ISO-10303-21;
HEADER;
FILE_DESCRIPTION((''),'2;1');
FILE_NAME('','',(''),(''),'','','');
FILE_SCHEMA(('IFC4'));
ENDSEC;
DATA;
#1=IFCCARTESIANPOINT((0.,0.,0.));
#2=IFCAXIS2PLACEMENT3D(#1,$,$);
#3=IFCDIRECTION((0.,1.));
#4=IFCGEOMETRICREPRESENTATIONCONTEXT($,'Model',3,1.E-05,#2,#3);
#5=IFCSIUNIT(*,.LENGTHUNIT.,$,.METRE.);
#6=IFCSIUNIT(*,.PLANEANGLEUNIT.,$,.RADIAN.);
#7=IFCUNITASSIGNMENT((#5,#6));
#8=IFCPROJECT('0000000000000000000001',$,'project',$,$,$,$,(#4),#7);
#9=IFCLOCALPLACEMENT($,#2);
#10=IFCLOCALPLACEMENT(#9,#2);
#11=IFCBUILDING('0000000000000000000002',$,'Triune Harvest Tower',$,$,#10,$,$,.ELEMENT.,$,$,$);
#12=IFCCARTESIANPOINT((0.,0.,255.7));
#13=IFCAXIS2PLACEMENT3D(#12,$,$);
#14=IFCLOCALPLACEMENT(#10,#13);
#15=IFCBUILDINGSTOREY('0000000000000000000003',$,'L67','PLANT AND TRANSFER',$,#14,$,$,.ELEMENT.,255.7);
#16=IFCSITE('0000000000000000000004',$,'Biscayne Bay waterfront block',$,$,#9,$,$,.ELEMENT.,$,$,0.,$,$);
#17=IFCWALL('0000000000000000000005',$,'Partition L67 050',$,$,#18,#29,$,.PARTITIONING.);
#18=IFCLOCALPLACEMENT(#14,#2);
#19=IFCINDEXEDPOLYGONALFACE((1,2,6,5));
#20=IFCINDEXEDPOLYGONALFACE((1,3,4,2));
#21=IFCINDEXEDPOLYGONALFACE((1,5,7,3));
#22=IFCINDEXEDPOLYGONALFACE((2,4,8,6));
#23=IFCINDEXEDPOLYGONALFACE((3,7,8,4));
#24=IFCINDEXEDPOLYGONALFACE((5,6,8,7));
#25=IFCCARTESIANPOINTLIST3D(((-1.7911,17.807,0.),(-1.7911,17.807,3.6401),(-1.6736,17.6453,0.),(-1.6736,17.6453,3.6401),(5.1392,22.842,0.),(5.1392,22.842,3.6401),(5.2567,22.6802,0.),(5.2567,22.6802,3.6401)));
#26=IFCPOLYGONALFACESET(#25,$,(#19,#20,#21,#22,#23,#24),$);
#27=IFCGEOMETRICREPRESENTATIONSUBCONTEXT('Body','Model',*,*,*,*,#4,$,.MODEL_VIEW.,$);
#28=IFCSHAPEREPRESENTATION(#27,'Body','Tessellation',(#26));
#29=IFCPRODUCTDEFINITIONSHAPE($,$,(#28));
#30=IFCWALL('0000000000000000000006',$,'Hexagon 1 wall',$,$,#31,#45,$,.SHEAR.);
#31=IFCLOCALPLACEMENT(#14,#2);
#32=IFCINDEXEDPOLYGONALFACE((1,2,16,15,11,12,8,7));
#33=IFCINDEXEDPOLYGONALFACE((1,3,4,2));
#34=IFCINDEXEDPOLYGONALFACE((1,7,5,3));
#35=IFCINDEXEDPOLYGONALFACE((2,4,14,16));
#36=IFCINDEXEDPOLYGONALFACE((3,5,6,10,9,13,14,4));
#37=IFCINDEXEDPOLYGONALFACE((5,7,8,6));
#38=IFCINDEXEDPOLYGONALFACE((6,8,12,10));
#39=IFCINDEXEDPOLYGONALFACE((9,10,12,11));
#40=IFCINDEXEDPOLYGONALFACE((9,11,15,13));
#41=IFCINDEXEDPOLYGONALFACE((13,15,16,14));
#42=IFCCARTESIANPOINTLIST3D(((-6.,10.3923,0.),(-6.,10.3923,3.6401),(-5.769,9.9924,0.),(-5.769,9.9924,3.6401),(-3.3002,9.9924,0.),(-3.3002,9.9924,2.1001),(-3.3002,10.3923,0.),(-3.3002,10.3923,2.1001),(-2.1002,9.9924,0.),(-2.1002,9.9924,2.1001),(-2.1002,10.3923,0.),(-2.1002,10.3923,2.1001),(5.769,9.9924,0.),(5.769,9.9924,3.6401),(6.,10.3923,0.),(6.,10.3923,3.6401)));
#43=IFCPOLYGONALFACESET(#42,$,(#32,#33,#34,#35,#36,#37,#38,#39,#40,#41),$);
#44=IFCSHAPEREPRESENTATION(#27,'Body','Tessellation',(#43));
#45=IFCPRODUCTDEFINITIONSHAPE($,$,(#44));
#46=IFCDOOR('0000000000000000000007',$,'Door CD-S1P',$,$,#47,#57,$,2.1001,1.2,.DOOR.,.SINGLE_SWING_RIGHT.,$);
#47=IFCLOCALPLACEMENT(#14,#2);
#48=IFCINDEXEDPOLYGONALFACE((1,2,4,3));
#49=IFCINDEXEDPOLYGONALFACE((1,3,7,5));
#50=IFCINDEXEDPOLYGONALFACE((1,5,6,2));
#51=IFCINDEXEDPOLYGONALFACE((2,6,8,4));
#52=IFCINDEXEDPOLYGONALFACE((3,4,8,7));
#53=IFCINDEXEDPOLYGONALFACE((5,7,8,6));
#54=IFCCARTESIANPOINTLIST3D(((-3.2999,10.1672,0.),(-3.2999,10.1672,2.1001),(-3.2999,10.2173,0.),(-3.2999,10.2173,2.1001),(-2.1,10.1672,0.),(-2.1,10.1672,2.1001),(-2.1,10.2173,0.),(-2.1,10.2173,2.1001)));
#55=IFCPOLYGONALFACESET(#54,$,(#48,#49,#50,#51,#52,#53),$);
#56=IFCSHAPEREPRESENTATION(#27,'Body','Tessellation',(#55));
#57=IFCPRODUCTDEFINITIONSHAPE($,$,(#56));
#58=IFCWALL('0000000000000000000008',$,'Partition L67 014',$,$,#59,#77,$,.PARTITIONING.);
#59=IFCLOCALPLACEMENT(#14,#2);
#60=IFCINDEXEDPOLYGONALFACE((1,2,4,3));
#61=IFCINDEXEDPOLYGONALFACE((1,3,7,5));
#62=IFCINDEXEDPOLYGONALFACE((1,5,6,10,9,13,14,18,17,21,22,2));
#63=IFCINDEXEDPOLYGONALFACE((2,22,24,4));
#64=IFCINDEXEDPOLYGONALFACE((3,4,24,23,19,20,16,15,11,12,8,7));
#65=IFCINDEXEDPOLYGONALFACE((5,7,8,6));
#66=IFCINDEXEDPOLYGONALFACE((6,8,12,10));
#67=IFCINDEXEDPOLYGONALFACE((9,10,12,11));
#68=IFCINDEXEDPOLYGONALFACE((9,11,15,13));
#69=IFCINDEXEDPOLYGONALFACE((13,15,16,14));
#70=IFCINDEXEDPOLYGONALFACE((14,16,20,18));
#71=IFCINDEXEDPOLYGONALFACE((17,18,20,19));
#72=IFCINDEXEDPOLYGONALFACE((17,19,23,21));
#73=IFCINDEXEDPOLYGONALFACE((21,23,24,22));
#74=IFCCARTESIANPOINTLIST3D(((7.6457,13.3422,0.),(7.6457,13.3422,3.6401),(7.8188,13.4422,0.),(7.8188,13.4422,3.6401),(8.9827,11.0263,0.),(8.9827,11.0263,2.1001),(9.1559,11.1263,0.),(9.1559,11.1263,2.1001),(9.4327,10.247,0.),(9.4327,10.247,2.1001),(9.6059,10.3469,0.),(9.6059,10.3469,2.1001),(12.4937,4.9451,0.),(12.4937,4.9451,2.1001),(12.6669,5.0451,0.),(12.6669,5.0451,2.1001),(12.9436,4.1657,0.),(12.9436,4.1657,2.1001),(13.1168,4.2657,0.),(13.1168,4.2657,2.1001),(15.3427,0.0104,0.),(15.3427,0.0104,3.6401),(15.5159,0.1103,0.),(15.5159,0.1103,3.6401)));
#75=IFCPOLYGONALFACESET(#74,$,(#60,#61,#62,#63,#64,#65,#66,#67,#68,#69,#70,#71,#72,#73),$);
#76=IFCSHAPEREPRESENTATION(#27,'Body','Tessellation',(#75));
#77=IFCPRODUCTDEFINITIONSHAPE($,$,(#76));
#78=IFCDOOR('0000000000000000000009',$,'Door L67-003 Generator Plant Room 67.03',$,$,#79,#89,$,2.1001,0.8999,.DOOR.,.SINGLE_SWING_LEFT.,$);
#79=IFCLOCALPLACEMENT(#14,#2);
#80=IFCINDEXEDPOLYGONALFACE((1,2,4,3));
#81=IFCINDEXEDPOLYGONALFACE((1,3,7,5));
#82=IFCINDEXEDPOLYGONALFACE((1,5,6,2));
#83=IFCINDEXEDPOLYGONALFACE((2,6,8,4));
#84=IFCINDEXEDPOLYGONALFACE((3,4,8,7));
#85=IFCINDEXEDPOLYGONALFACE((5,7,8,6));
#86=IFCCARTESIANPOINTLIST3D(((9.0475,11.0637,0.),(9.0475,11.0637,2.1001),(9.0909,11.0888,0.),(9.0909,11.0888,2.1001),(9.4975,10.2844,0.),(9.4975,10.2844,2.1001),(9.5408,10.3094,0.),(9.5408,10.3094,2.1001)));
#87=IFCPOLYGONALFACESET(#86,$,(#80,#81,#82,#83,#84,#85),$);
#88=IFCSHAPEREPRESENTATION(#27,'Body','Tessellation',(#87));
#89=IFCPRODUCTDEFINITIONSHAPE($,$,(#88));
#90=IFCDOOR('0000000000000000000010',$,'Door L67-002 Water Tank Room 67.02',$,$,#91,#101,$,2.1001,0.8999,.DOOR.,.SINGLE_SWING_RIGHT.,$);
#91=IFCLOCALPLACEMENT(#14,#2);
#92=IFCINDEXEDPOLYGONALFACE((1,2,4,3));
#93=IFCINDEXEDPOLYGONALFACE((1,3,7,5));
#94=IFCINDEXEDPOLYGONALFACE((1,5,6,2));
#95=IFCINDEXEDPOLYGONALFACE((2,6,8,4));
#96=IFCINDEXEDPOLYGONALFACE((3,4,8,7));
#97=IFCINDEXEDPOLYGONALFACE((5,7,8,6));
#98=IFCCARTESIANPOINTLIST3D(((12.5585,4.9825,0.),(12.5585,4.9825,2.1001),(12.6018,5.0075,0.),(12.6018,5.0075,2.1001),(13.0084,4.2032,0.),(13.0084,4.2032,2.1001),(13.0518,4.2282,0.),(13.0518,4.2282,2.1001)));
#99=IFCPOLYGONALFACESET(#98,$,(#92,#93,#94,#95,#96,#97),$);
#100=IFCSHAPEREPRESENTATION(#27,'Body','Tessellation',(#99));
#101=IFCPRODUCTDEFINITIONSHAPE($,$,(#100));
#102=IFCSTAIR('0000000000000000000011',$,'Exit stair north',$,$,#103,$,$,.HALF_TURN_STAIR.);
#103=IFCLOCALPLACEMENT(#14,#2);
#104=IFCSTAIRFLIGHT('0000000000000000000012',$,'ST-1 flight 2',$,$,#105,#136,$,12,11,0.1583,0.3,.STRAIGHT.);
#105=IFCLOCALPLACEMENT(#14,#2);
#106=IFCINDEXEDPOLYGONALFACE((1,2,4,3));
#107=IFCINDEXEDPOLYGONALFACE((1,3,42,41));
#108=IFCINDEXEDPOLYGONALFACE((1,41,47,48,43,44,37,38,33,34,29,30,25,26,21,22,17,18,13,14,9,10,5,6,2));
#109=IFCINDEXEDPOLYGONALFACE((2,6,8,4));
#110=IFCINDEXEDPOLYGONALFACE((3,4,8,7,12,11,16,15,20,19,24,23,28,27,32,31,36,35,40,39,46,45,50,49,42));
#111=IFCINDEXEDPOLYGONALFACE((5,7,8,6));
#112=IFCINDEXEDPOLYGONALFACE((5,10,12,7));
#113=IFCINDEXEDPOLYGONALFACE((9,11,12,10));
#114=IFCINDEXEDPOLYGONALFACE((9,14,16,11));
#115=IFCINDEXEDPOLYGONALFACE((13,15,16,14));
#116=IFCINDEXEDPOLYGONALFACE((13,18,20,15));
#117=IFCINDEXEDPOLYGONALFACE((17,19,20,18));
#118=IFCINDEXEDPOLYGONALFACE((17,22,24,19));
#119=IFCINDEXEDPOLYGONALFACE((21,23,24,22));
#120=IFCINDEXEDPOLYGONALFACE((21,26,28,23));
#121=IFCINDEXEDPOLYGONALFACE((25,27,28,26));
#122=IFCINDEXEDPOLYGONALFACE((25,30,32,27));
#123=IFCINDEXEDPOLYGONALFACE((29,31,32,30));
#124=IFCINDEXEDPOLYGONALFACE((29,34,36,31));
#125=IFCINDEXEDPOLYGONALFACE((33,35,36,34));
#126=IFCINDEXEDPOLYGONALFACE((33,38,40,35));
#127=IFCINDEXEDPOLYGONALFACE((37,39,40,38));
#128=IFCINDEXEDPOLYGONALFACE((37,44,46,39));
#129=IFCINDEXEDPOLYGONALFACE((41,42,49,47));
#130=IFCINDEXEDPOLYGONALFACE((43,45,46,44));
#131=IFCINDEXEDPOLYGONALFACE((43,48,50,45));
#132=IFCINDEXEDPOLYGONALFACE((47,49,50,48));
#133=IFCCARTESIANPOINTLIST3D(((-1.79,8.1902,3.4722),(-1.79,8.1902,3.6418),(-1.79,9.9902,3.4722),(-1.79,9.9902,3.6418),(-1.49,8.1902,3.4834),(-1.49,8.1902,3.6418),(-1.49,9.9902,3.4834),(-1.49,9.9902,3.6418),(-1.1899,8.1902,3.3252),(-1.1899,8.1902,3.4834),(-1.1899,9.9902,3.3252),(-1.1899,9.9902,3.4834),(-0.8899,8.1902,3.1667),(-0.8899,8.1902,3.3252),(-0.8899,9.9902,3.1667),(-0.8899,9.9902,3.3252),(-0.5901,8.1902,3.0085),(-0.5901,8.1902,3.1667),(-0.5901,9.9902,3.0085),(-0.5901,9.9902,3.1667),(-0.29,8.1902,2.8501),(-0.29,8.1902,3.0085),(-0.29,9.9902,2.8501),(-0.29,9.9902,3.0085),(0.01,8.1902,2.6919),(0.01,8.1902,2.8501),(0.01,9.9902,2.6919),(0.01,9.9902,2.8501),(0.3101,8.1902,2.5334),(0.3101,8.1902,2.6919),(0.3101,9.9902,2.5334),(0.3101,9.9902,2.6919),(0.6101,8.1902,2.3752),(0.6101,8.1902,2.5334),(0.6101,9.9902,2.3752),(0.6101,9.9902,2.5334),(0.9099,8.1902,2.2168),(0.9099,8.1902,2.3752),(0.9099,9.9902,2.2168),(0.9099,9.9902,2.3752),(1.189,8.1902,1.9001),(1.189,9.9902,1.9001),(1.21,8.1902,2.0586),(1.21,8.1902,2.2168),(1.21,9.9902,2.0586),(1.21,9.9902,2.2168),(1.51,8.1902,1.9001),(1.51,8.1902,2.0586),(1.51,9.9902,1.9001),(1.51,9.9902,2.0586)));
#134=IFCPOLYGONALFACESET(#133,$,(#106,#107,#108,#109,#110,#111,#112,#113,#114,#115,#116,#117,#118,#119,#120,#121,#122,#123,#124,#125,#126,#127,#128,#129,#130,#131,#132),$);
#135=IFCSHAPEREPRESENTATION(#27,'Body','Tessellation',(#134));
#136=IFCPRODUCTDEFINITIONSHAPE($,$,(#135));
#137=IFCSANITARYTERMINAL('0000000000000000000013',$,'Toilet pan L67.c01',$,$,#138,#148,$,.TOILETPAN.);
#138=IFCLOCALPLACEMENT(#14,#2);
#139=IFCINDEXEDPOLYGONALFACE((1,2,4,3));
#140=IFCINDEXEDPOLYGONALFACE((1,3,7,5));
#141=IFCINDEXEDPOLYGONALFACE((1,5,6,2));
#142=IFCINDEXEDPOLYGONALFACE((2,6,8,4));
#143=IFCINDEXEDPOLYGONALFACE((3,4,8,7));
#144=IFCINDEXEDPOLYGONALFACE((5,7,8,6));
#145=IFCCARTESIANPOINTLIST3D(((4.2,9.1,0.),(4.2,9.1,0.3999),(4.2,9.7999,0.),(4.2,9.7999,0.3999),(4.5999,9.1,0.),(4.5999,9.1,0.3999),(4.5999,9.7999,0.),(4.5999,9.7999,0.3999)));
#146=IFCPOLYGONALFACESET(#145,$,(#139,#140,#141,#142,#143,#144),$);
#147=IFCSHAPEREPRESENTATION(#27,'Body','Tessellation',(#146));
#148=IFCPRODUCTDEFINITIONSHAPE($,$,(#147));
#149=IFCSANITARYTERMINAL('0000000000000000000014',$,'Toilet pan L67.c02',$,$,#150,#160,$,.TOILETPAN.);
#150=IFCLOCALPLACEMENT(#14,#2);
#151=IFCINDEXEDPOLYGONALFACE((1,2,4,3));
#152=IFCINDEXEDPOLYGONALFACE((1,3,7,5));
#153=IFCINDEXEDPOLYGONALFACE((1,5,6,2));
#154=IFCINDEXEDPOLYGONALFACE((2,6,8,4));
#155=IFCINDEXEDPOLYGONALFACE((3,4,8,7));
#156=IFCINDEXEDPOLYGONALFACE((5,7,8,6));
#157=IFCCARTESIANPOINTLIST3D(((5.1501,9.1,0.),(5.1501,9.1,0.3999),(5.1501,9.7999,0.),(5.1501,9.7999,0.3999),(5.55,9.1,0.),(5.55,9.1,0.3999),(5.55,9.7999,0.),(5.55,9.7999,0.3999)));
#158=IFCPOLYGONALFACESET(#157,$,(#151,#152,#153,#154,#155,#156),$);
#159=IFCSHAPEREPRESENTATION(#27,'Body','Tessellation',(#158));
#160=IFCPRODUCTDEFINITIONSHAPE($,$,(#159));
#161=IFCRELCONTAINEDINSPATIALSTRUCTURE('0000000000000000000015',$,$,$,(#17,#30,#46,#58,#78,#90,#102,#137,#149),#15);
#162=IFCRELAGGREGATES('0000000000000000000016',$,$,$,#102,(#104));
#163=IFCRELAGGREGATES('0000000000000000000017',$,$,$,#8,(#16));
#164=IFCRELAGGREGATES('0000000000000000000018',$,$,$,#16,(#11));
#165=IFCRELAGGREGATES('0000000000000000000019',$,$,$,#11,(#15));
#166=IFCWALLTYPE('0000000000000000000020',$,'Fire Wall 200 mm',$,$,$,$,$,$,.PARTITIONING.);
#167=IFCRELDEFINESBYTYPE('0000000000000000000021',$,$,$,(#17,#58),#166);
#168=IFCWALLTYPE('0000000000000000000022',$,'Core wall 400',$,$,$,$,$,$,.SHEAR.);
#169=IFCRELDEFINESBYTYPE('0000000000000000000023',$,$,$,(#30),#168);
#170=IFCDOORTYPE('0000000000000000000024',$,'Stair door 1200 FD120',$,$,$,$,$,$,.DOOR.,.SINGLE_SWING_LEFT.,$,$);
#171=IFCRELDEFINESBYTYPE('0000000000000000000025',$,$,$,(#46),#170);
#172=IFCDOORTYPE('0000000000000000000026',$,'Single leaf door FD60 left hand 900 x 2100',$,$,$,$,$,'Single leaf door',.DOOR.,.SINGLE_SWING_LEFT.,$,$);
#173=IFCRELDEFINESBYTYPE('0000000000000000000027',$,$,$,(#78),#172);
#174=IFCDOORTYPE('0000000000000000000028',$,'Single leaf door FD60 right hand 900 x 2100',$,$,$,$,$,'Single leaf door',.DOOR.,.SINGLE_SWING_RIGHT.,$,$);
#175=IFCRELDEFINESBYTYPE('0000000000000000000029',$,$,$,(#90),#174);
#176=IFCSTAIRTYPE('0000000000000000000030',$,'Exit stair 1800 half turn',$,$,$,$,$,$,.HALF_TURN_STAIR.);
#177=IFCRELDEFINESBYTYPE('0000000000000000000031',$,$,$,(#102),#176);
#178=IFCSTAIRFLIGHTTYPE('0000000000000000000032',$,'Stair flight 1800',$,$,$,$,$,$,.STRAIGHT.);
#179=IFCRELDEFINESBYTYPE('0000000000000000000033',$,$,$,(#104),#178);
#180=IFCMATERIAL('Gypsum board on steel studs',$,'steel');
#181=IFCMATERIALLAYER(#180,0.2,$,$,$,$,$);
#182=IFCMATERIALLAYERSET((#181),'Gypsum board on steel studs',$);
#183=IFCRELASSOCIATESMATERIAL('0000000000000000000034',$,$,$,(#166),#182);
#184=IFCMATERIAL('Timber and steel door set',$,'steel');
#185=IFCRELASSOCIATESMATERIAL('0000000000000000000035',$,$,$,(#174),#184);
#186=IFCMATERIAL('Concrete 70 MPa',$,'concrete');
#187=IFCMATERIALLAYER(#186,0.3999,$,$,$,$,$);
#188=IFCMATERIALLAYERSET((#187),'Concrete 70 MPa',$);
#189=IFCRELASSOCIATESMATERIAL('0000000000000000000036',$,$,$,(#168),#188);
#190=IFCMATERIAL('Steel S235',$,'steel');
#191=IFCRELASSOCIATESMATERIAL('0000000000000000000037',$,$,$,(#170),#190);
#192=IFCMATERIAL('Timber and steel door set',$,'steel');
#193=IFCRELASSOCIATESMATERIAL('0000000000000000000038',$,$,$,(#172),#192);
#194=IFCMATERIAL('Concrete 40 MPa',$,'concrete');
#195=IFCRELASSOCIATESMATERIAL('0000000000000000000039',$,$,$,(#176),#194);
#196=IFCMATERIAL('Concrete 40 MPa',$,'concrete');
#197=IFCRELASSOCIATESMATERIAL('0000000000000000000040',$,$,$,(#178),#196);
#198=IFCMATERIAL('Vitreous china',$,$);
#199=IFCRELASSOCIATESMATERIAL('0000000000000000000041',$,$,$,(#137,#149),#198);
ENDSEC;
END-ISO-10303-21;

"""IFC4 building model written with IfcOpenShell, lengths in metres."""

from ifc_helpers import new_model, si_unit, direction, frame, frame_2d, origin, origin_2d, place, context, subcontext, project, spatial, polyline, rectangle, outline, extrude, source, transform, mapped, material, layer, layer_set, type_object, element, fill, aggregate, save


model = new_model("IFC4")

# Units and contexts
model_context = context("Model", 3, precision=1e-05, world=origin(), true_north=direction((0.0, 1.0)))
body_context = subcontext(model_context, "Body", "Model", "MODEL_VIEW")
ifc_project = project(units=[si_unit("LENGTHUNIT", "METRE"), si_unit("PLANEANGLEUNIT", "RADIAN")], contexts=[model_context])

# Site, building, storey
site_placement = place(None, origin())
site = spatial("IfcSite", under=ifc_project, at=site_placement, Name="Biscayne Bay waterfront block", CompositionType="ELEMENT", RefElevation=0.0)
building_placement = place(site_placement, origin())
building = spatial("IfcBuilding", under=site, at=building_placement, Name="Triune Harvest Tower", CompositionType="ELEMENT")
storey_placement = place(building_placement, frame((0.0, 0.0, 255.7)))
storey = spatial("IfcBuildingStorey", under=building, at=storey_placement, Name="L67", Description="PLANT AND TRANSFER", CompositionType="ELEMENT", Elevation=255.7)

# Shared definitions
ifc_material_1 = material(Name="Gypsum board on steel studs", Category="steel")
ifc_layer_1 = layer(ifc_material_1, 0.2)
ifc_layer_set_1 = layer_set([ifc_layer_1], Name="Gypsum board on steel studs")
wall_type_1 = type_object("IfcWallType", Name="Fire Wall 200 mm", PredefinedType="PARTITIONING", material=ifc_layer_set_1)

# Shared definitions
ifc_material_2 = material(Name="Timber and steel door set", Category="steel")
door_type_1 = type_object("IfcDoorType", Name="Single leaf door FD60 right hand 900 x 2100", ElementType="Single leaf door", OperationType="SINGLE_SWING_RIGHT", PredefinedType="DOOR", material=ifc_material_2)

# Wall
wall_1_placement = place(storey_placement, frame((-1.7324, 17.7261, 0.0), z_axis=(0.0, 0.0, 1.0), x_axis=(0.809026, 0.587773, 0.0)))
element("IfcWall", 1, at=wall_1_placement, inside=storey, type_object=wall_type_1, Name="Partition L67 050", PredefinedType="PARTITIONING", context=body_context, shape_type="SweptSolid", body=[
    extrude(rectangle(XDim=8.5662, YDim=0.2, at=frame_2d((4.2832, 0.0))), origin(), (0.0, 0.0, 1.0), 3.6401),
])

# Wall, opening, door
ifc_material_3 = material(Name="Concrete 70 MPa", Category="concrete")
ifc_layer_2 = layer(ifc_material_3, 0.3999)
ifc_layer_set_2 = layer_set([ifc_layer_2], Name="Concrete 70 MPa")
wall_type_2 = type_object("IfcWallType", Name="Core wall 400", PredefinedType="SHEAR", material=ifc_layer_set_2)
shared_shape_1 = source(origin(), body_context, "Body", "SweptSolid", [
    extrude(outline(polyline([(-0.1155, -0.2), (11.8845, -0.2), (11.6536, 0.2), (0.1155, 0.2), (-0.1155, -0.2)])), origin(), (0.0, 0.0, 1.0), 3.6401),
])
wall_2_placement = place(storey_placement, frame((5.8845, 10.1924, 0.0), z_axis=(0.0, 0.0, 1.0), x_axis=(-1.0, 0.0, 0.0)))
wall_2 = element("IfcWall", 2, at=wall_2_placement, inside=storey, type_object=wall_type_2, Name="Hexagon 1 wall", PredefinedType="SHEAR", context=body_context, shape_type="MappedRepresentation", body=[
    mapped(shared_shape_1, transform((0.0, 0.0, 0.0), scale=1.0)),
])
opening_1_placement = place(wall_2_placement, frame((7.9846, 0.0, 0.0)))
opening_1 = element("IfcOpeningElement", 3, at=opening_1_placement, cuts=wall_2, PredefinedType="OPENING", context=body_context, shape_type="SweptSolid", body=[
    extrude(rectangle(XDim=1.2, YDim=2.1001, at=frame_2d((0.6001, 1.05))), frame((0.0, 0.21, 0.0), z_axis=(0.0, -1.0, 0.0), x_axis=(1.0, 0.0, 0.0)), (0.0, 0.0, 1.0), 0.4199),
])
ifc_material_4 = material(Name="Steel S235", Category="steel")
door_type_2 = type_object("IfcDoorType", Name="Stair door 1200 FD120", OperationType="SINGLE_SWING_LEFT", PredefinedType="DOOR", material=ifc_material_4)
door_1_placement = place(opening_1_placement, frame((1.2, 0.0, 0.0), z_axis=(0.0, 0.0, 1.0), x_axis=(-1.0, 0.0, 0.0)))
door_1 = element("IfcDoor", 4, at=door_1_placement, inside=storey, type_object=door_type_2, Name="Door CD-S1P", OperationType="SINGLE_SWING_RIGHT", OverallHeight=2.1001, OverallWidth=1.2, PredefinedType="DOOR", context=body_context, shape_type="SweptSolid", body=[
    extrude(rectangle(XDim=1.2, YDim=2.1001, at=frame_2d((0.6001, 1.05))), frame((0.0, 0.0249, 0.0), z_axis=(0.0, -1.0, 0.0), x_axis=(1.0, 0.0, 0.0)), (0.0, 0.0, 1.0), 0.05),
])
fill(opening_1, door_1)

# Wall, openings, doors
shared_shape_2 = source(origin(), body_context, "Body", "SweptSolid", [
    extrude(rectangle(XDim=15.3943, YDim=0.2, at=frame_2d((7.6973, 0.0))), origin(), (0.0, 0.0, 1.0), 3.6401),
])
wall_3_placement = place(storey_placement, frame((7.7322, 13.3923, 0.0), z_axis=(0.0, 0.0, 1.0), x_axis=(0.499996, -0.866028, 0.0)))
wall_3 = element("IfcWall", 5, at=wall_3_placement, inside=storey, type_object=wall_type_1, Name="Partition L67 014", PredefinedType="PARTITIONING", context=body_context, shape_type="MappedRepresentation", body=[
    mapped(shared_shape_2, transform((0.0, 0.0, 0.0), scale=1.0)),
])
opening_2_placement = place(wall_3_placement, frame((9.6963, 0.0, 0.0)))
opening_2 = element("IfcOpeningElement", 6, at=opening_2_placement, cuts=wall_3, PredefinedType="OPENING", context=body_context, shape_type="SweptSolid", body=[
    extrude(rectangle(XDim=0.8999, YDim=2.1001, at=frame_2d((0.45, 1.05))), frame((0.0, 0.1099, 0.0), z_axis=(0.0, -1.0, 0.0), x_axis=(1.0, 0.0, 0.0)), (0.0, 0.0, 1.0), 0.22),
])
opening_3_placement = place(wall_3_placement, frame((2.6743, 0.0, 0.0)))
opening_3 = element("IfcOpeningElement", 7, at=opening_3_placement, cuts=wall_3, PredefinedType="OPENING", context=body_context, shape_type="SweptSolid", body=[
    extrude(rectangle(XDim=0.8999, YDim=2.1001, at=frame_2d((0.45, 1.05))), frame((0.0, 0.1099, 0.0), z_axis=(0.0, -1.0, 0.0), x_axis=(1.0, 0.0, 0.0)), (0.0, 0.0, 1.0), 0.22),
])
ifc_material_5 = material(Name="Timber and steel door set", Category="steel")
door_type_3 = type_object("IfcDoorType", Name="Single leaf door FD60 left hand 900 x 2100", ElementType="Single leaf door", OperationType="SINGLE_SWING_LEFT", PredefinedType="DOOR", material=ifc_material_5)
door_2_placement = place(opening_3_placement, origin())
door_2 = element("IfcDoor", 8, at=door_2_placement, inside=storey, type_object=door_type_3, Name="Door L67-003 Generator Plant Room 67.03", OperationType="SINGLE_SWING_LEFT", OverallHeight=2.1001, OverallWidth=0.8999, PredefinedType="DOOR", context=body_context, shape_type="SweptSolid", body=[
    extrude(rectangle(XDim=0.8999, YDim=2.1001, at=frame_2d((0.45, 1.05))), frame((0.0, 0.0249, 0.0), z_axis=(0.0, -1.0, 0.0), x_axis=(1.0, 0.0, 0.0)), (0.0, 0.0, 1.0), 0.05),
])
fill(opening_3, door_2)
door_3_placement = place(opening_2_placement, origin())
door_3 = element("IfcDoor", 9, at=door_3_placement, inside=storey, type_object=door_type_1, Name="Door L67-002 Water Tank Room 67.02", OperationType="SINGLE_SWING_RIGHT", OverallHeight=2.1001, OverallWidth=0.8999, PredefinedType="DOOR", context=body_context, shape_type="SweptSolid", body=[
    extrude(rectangle(XDim=0.8999, YDim=2.1001, at=frame_2d((0.45, 1.05))), frame((0.0, 0.0249, 0.0), z_axis=(0.0, -1.0, 0.0), x_axis=(1.0, 0.0, 0.0)), (0.0, 0.0, 1.0), 0.05),
])
fill(opening_2, door_3)

# Stair, stair flight
ifc_material_6 = material(Name="Concrete 40 MPa", Category="concrete")
stair_type = type_object("IfcStairType", Name="Exit stair 1800 half turn", PredefinedType="HALF_TURN_STAIR", material=ifc_material_6)
stair_placement = place(storey_placement, origin())
stair = element("IfcStair", 10, at=stair_placement, inside=storey, type_object=stair_type, Name="Exit stair north", PredefinedType="HALF_TURN_STAIR")
ifc_material_7 = material(Name="Concrete 40 MPa", Category="concrete")
stair_flight_type = type_object("IfcStairFlightType", Name="Stair flight 1800", PredefinedType="STRAIGHT", material=ifc_material_7)
shared_shape_3 = source(origin(), body_context, "Body", "SweptSolid", [
    extrude(outline(polyline([(0.0, 0.0), (0.0, 0.1584), (0.3, 0.1584), (0.3, 0.3167), (0.6001, 0.3167), (0.6001, 0.4751), (0.8999, 0.4751), (0.8999, 0.6333), (1.2, 0.6333), (1.2, 0.7917), (1.5, 0.7917), (1.5, 0.95), (1.8, 0.95), (1.8, 1.1084), (2.1001, 1.1084), (2.1001, 1.2666), (2.3999, 1.2666), (2.3999, 1.425), (2.7, 1.425), (2.7, 1.5833), (3.0, 1.5833), (3.0, 1.7417), (3.3, 1.7417), (3.3, 1.8999), (3.3, 1.572), (0.321, 0.0), (0.0, 0.0)])), frame((0.0, 0.8999, 0.0), z_axis=(0.0, -1.0, 0.0), x_axis=(1.0, 0.0, 0.0)), (0.0, 0.0, 1.0), 1.8),
])
stair_flight_placement = place(storey_placement, frame((1.51, 9.0901, 1.9001), z_axis=(0.0, 0.0, 1.0), x_axis=(-1.0, 0.0, 0.0)))
stair_flight = element("IfcStairFlight", 11, at=stair_flight_placement, type_object=stair_flight_type, Name="ST-1 flight 2", NumberOfRisers=12, NumberOfTreads=11, PredefinedType="STRAIGHT", RiserHeight=0.1583, TreadLength=0.3, context=body_context, shape_type="MappedRepresentation", body=[
    mapped(shared_shape_3, transform((0.0, 0.0, 0.0), scale=1.0)),
])
aggregate(stair, [stair_flight])

# Sanitary terminals
ifc_material_8 = material(Name="Vitreous china")
shared_shape_4 = source(origin(), body_context, "Body", "SweptSolid", [
    extrude(rectangle(XDim=0.3999, YDim=0.7, at=origin_2d()), origin(), (0.0, 0.0, 1.0), 0.3999),
])
for number, where, z_axis, x_axis, name in (
    (12, (4.3999, 9.45, 0.0), (0.0, 0.0, 1.0), (1.0, 0.0, 0.0), "Toilet pan L67.c01"),
    (13, (5.3501, 9.45, 0.0), (0.0, 0.0, 1.0), (1.0, 0.0, 0.0), "Toilet pan L67.c02"),
):
    element("IfcSanitaryTerminal", number, at=place(storey_placement, frame(where, z_axis=z_axis, x_axis=x_axis)), inside=storey, material=ifc_material_8, Name=name, PredefinedType="TOILETPAN", context=body_context, shape_type="MappedRepresentation", body=[
        mapped(shared_shape_4, transform((0.0, 0.0, 0.0), scale=1.0)),
    ])

save(model, "model.ifc")
